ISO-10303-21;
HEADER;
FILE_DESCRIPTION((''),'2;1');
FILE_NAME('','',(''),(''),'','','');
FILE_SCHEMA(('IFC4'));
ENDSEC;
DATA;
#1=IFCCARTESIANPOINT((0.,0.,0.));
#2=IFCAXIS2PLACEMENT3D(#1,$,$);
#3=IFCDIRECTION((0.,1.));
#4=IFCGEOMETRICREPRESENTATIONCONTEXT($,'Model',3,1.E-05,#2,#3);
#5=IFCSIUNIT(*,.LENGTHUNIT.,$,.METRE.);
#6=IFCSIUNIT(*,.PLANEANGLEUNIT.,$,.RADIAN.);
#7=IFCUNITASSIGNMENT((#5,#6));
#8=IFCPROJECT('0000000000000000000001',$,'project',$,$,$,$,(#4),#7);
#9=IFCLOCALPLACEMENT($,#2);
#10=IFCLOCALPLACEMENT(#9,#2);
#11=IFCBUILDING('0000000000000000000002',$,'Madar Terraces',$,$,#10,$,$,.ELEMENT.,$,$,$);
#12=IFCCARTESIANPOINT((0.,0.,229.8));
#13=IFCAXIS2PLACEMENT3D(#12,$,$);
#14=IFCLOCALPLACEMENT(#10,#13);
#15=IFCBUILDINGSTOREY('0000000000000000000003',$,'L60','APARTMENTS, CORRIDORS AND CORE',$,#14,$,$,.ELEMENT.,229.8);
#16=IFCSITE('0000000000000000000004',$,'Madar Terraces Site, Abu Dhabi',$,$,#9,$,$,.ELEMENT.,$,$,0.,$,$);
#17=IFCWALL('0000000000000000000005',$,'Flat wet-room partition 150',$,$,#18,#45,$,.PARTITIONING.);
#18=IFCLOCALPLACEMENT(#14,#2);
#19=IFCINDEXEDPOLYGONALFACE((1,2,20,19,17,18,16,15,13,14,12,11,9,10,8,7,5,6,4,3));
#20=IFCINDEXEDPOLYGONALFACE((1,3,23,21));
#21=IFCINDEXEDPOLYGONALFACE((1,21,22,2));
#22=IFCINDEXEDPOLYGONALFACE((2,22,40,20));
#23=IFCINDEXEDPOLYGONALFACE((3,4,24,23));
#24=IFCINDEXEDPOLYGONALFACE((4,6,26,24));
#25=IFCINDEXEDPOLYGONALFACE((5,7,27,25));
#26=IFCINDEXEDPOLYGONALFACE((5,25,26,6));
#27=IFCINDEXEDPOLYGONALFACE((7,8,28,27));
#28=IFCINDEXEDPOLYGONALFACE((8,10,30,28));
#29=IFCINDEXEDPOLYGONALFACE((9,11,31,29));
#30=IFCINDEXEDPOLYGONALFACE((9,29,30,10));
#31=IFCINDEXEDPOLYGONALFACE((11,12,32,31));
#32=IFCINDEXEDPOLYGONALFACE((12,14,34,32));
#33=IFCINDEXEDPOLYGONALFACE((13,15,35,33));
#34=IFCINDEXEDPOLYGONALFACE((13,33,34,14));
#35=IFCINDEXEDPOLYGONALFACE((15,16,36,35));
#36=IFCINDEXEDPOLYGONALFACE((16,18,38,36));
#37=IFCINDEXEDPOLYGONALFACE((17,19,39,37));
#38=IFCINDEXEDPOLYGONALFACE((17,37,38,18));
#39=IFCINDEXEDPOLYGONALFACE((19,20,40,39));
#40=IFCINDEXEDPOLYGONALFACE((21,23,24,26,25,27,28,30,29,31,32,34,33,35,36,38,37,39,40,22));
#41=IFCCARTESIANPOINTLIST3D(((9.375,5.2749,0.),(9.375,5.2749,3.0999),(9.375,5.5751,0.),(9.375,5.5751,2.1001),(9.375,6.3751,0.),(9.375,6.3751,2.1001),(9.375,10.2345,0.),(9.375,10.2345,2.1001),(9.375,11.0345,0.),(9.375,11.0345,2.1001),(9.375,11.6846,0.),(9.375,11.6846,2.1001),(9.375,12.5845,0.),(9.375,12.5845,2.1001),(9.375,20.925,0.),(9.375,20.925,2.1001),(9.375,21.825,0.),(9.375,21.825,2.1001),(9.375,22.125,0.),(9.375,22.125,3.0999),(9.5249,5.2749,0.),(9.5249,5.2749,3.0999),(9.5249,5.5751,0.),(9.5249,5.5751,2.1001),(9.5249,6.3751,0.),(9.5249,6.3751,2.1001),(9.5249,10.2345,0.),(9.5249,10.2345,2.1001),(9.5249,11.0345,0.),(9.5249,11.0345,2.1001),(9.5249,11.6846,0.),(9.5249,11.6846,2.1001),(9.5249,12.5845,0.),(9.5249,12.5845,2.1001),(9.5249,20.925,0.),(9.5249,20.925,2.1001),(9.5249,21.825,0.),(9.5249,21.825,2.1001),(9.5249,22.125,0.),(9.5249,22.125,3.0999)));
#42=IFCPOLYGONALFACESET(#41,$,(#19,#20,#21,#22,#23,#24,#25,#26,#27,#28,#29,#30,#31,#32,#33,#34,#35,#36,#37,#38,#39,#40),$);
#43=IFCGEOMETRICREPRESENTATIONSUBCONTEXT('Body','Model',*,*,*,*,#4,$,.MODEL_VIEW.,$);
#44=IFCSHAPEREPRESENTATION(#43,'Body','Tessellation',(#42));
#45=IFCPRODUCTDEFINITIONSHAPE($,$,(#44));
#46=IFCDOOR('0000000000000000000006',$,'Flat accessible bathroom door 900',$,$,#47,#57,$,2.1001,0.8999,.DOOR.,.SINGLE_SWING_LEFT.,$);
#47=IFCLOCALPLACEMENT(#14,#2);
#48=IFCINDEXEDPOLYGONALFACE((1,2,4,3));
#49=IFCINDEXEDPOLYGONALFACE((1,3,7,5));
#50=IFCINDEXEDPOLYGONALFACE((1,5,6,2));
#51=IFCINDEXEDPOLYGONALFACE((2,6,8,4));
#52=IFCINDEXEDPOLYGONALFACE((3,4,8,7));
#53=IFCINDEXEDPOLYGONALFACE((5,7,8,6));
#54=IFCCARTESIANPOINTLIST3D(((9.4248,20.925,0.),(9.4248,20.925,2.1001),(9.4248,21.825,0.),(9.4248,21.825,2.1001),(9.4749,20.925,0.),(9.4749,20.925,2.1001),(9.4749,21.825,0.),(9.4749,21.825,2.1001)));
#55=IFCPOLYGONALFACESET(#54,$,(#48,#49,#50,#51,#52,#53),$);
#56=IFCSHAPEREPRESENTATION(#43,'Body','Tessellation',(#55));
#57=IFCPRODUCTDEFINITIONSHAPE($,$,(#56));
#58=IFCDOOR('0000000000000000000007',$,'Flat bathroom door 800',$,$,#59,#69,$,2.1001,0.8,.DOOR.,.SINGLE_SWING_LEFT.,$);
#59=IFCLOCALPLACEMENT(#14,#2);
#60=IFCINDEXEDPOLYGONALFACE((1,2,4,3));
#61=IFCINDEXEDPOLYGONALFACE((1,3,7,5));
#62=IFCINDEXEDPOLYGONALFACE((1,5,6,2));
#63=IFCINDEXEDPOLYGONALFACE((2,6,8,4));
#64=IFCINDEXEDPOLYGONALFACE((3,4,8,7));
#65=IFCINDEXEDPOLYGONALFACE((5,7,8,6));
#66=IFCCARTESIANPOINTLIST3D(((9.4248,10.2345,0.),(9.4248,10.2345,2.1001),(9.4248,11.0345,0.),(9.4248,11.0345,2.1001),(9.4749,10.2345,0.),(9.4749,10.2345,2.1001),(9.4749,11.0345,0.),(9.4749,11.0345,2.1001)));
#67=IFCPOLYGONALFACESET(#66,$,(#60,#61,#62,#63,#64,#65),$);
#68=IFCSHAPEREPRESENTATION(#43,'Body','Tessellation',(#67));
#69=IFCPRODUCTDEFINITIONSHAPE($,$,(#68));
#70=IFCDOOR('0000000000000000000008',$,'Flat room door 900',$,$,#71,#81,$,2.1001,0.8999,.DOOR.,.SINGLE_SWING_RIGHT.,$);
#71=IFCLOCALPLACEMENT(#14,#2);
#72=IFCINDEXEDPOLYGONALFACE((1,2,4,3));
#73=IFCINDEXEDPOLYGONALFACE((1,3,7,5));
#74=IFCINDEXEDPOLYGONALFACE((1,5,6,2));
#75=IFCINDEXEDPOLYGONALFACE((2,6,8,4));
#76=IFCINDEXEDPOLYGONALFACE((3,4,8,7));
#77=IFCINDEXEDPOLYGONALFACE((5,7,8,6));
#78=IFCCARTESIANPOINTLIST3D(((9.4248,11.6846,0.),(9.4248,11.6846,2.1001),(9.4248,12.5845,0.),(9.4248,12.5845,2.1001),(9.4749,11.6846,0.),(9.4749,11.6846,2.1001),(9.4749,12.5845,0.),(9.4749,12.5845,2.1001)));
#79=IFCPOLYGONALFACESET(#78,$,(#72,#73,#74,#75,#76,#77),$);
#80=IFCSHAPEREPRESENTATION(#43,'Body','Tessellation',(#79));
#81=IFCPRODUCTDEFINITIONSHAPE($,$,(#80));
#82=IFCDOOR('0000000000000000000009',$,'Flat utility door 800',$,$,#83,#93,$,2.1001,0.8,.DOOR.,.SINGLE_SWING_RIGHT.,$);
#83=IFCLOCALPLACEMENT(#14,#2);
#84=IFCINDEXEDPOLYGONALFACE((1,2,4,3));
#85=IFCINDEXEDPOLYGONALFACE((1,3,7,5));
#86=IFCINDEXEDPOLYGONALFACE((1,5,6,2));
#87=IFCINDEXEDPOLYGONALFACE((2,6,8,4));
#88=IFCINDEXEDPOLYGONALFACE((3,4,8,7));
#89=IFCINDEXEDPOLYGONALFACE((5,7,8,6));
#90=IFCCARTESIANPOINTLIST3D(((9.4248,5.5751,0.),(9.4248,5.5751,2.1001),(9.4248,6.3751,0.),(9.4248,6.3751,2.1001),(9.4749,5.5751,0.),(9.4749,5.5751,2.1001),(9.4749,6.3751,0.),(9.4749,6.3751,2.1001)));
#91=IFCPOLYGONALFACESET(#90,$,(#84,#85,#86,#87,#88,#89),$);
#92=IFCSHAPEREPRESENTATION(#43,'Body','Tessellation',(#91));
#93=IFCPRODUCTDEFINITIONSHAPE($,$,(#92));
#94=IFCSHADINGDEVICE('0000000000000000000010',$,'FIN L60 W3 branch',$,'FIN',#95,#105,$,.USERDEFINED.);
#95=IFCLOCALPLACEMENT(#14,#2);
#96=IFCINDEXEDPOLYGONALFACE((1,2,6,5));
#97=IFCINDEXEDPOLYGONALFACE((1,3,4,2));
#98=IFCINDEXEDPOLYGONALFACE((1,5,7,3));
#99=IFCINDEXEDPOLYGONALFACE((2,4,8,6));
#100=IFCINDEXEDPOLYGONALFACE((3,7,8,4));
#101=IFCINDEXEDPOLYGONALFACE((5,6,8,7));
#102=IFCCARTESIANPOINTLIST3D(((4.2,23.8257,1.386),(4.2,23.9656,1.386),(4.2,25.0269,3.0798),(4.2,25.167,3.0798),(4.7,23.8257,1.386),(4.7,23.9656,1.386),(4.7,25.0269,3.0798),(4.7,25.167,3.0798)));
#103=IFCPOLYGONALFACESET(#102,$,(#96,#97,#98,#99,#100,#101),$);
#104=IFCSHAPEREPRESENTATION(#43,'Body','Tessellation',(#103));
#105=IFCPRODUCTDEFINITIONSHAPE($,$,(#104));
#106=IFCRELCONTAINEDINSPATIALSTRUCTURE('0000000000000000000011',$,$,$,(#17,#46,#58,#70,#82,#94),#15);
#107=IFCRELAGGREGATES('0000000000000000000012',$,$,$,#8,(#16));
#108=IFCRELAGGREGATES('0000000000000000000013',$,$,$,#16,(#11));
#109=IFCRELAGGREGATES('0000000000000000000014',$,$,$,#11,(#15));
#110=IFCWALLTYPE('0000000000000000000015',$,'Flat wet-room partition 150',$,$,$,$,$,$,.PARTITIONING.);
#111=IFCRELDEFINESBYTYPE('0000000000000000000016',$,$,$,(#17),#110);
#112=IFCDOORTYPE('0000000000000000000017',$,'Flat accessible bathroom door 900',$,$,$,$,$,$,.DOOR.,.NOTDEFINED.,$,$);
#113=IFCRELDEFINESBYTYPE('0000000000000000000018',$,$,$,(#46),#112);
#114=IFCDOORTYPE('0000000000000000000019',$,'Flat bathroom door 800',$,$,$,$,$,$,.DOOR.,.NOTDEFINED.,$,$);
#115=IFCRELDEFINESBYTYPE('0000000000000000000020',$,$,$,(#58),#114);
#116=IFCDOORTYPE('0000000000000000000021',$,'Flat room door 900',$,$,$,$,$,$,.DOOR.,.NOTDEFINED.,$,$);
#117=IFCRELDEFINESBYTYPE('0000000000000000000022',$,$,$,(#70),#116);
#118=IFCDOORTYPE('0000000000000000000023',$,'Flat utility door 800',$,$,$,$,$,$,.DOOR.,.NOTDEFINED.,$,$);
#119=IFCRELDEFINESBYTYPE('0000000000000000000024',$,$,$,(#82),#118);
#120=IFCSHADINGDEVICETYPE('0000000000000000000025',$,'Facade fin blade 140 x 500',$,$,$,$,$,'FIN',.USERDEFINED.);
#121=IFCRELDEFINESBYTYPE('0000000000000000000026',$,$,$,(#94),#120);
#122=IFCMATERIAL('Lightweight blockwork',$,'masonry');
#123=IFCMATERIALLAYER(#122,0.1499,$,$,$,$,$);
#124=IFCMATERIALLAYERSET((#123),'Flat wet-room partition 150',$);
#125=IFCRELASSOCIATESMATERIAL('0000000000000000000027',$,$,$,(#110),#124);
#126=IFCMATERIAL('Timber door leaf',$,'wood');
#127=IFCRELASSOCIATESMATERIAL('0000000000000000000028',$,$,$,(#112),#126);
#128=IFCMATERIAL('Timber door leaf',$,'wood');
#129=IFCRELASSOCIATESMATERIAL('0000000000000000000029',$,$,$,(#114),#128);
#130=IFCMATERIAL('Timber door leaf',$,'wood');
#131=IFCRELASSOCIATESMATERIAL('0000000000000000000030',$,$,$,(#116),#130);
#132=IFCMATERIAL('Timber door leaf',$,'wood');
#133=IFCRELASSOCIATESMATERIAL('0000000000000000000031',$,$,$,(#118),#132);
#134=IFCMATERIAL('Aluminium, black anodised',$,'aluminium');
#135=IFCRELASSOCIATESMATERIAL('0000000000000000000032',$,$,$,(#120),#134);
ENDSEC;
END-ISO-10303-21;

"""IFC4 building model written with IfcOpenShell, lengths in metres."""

from ifc_helpers import new_model, si_unit, direction, frame, frame_2d, origin, place, context, subcontext, project, spatial, polyline, rectangle, outline, extrude, material, layer, layer_set, type_object, element, fill, save


model = new_model("IFC4")

# Units and contexts
model_context = context("Model", 3, precision=1e-05, world=origin(), true_north=direction((0.0, 1.0)))
body_context = subcontext(model_context, "Body", "Model", "MODEL_VIEW")
ifc_project = project(units=[si_unit("LENGTHUNIT", "METRE"), si_unit("PLANEANGLEUNIT", "RADIAN")], contexts=[model_context])

# Site, building, storey
site_placement = place(None, origin())
site = spatial("IfcSite", under=ifc_project, at=site_placement, Name="Madar Terraces Site, Abu Dhabi", CompositionType="ELEMENT", RefElevation=0.0)
building_placement = place(site_placement, origin())
building = spatial("IfcBuilding", under=site, at=building_placement, Name="Madar Terraces", CompositionType="ELEMENT")
storey_placement = place(building_placement, frame((0.0, 0.0, 229.8)))
storey = spatial("IfcBuildingStorey", under=building, at=storey_placement, Name="L60", Description="APARTMENTS, CORRIDORS AND CORE", CompositionType="ELEMENT", Elevation=229.8)

# Shared definitions
ifc_material_1 = material(Name="Lightweight blockwork", Category="masonry")
ifc_layer_1 = layer(ifc_material_1, 0.1499)
ifc_layer_set_1 = layer_set([ifc_layer_1], Name="Flat wet-room partition 150")
wall_type_1 = type_object("IfcWallType", Name="Flat wet-room partition 150", PredefinedType="PARTITIONING", material=ifc_layer_set_1)

# Wall, openings, doors
wall_1_placement = place(storey_placement, frame((9.45, 22.125, 0.0), z_axis=(0.0, 0.0, 1.0), x_axis=(0.0, -1.0, 0.0)))
wall_1 = element("IfcWall", 1, at=wall_1_placement, inside=storey, type_object=wall_type_1, Name="Flat wet-room partition 150", PredefinedType="PARTITIONING", context=body_context, shape_type="SweptSolid", body=[
    extrude(rectangle(XDim=16.8501, YDim=0.1499, at=frame_2d((8.425, 0.0))), origin(), (0.0, 0.0, 1.0), 3.0999),
])
opening_1_placement = place(wall_1_placement, frame((0.3, 0.0, 0.0)))
opening_1 = element("IfcOpeningElement", 2, at=opening_1_placement, cuts=wall_1, PredefinedType="OPENING", context=body_context, shape_type="SweptSolid", body=[
    extrude(rectangle(XDim=0.8999, YDim=2.1001, at=frame_2d((0.45, 1.05))), frame((0.0, 0.085, 0.0), z_axis=(0.0, -1.0, 0.0), x_axis=(1.0, 0.0, 0.0)), (0.0, 0.0, 1.0), 0.1699),
])
opening_2_placement = place(wall_1_placement, frame((9.5405, 0.0, 0.0)))
opening_2 = element("IfcOpeningElement", 3, at=opening_2_placement, cuts=wall_1, PredefinedType="OPENING", context=body_context, shape_type="SweptSolid", body=[
    extrude(rectangle(XDim=0.8999, YDim=2.1001, at=frame_2d((0.45, 1.05))), frame((0.0, 0.085, 0.0), z_axis=(0.0, -1.0, 0.0), x_axis=(1.0, 0.0, 0.0)), (0.0, 0.0, 1.0), 0.1699),
])
opening_3_placement = place(wall_1_placement, frame((11.0906, 0.0, 0.0)))
opening_3 = element("IfcOpeningElement", 4, at=opening_3_placement, cuts=wall_1, PredefinedType="OPENING", context=body_context, shape_type="SweptSolid", body=[
    extrude(rectangle(XDim=0.8, YDim=2.1001, at=frame_2d((0.3999, 1.05))), frame((0.0, 0.085, 0.0), z_axis=(0.0, -1.0, 0.0), x_axis=(1.0, 0.0, 0.0)), (0.0, 0.0, 1.0), 0.1699),
])
opening_4_placement = place(wall_1_placement, frame((15.75, 0.0, 0.0)))
opening_4 = element("IfcOpeningElement", 5, at=opening_4_placement, cuts=wall_1, PredefinedType="OPENING", context=body_context, shape_type="SweptSolid", body=[
    extrude(rectangle(XDim=0.8, YDim=2.1001, at=frame_2d((0.3999, 1.05))), frame((0.0, 0.085, 0.0), z_axis=(0.0, -1.0, 0.0), x_axis=(1.0, 0.0, 0.0)), (0.0, 0.0, 1.0), 0.1699),
])
ifc_material_2 = material(Name="Timber door leaf", Category="wood")
door_type_1 = type_object("IfcDoorType", Name="Flat accessible bathroom door 900", OperationType="NOTDEFINED", PredefinedType="DOOR", material=ifc_material_2)
door_1_placement = place(opening_1_placement, origin())
door_1 = element("IfcDoor", 6, at=door_1_placement, inside=storey, type_object=door_type_1, Name="Flat accessible bathroom door 900", OperationType="SINGLE_SWING_LEFT", OverallHeight=2.1001, OverallWidth=0.8999, PredefinedType="DOOR", context=body_context, shape_type="SweptSolid", body=[
    extrude(rectangle(XDim=0.8999, YDim=2.1001, at=frame_2d((0.45, 1.05))), frame((0.0, 0.0249, 0.0), z_axis=(0.0, -1.0, 0.0), x_axis=(1.0, 0.0, 0.0)), (0.0, 0.0, 1.0), 0.05),
])
fill(opening_1, door_1)
ifc_material_3 = material(Name="Timber door leaf", Category="wood")
door_type_2 = type_object("IfcDoorType", Name="Flat bathroom door 800", OperationType="NOTDEFINED", PredefinedType="DOOR", material=ifc_material_3)
door_2_placement = place(opening_3_placement, origin())
door_2 = element("IfcDoor", 7, at=door_2_placement, inside=storey, type_object=door_type_2, Name="Flat bathroom door 800", OperationType="SINGLE_SWING_LEFT", OverallHeight=2.1001, OverallWidth=0.8, PredefinedType="DOOR", context=body_context, shape_type="SweptSolid", body=[
    extrude(rectangle(XDim=0.8, YDim=2.1001, at=frame_2d((0.3999, 1.05))), frame((0.0, 0.0249, 0.0), z_axis=(0.0, -1.0, 0.0), x_axis=(1.0, 0.0, 0.0)), (0.0, 0.0, 1.0), 0.05),
])
fill(opening_3, door_2)
ifc_material_4 = material(Name="Timber door leaf", Category="wood")
door_type_3 = type_object("IfcDoorType", Name="Flat room door 900", OperationType="NOTDEFINED", PredefinedType="DOOR", material=ifc_material_4)
door_3_placement = place(opening_2_placement, origin())
door_3 = element("IfcDoor", 8, at=door_3_placement, inside=storey, type_object=door_type_3, Name="Flat room door 900", OperationType="SINGLE_SWING_RIGHT", OverallHeight=2.1001, OverallWidth=0.8999, PredefinedType="DOOR", context=body_context, shape_type="SweptSolid", body=[
    extrude(rectangle(XDim=0.8999, YDim=2.1001, at=frame_2d((0.45, 1.05))), frame((0.0, 0.0249, 0.0), z_axis=(0.0, -1.0, 0.0), x_axis=(1.0, 0.0, 0.0)), (0.0, 0.0, 1.0), 0.05),
])
fill(opening_2, door_3)
ifc_material_5 = material(Name="Timber door leaf", Category="wood")
door_type_4 = type_object("IfcDoorType", Name="Flat utility door 800", OperationType="NOTDEFINED", PredefinedType="DOOR", material=ifc_material_5)
door_4_placement = place(opening_4_placement, origin())
door_4 = element("IfcDoor", 9, at=door_4_placement, inside=storey, type_object=door_type_4, Name="Flat utility door 800", OperationType="SINGLE_SWING_RIGHT", OverallHeight=2.1001, OverallWidth=0.8, PredefinedType="DOOR", context=body_context, shape_type="SweptSolid", body=[
    extrude(rectangle(XDim=0.8, YDim=2.1001, at=frame_2d((0.3999, 1.05))), frame((0.0, 0.0249, 0.0), z_axis=(0.0, -1.0, 0.0), x_axis=(1.0, 0.0, 0.0)), (0.0, 0.0, 1.0), 0.05),
])
fill(opening_4, door_4)

# Shading device
ifc_material_6 = material(Name="Aluminium, black anodised", Category="aluminium")
shading_device_type = type_object("IfcShadingDeviceType", Name="Facade fin blade 140 x 500", ElementType="FIN", PredefinedType="USERDEFINED", material=ifc_material_6)
shading_device_placement = place(storey_placement, frame((4.45, 23.9656, 1.386), z_axis=(0.0, 0.0, 1.0), x_axis=(0.0, -1.0, 0.0)))
element("IfcShadingDevice", 10, at=shading_device_placement, inside=storey, type_object=shading_device_type, Name="FIN L60 W3 branch", ObjectType="FIN", PredefinedType="USERDEFINED", context=body_context, shape_type="SweptSolid", body=[
    extrude(outline(polyline([(0.0, 0.0), (0.1399, 0.0), (-1.0613, 1.6938), (-1.2014, 1.6938), (0.0, 0.0)])), frame((0.0, 0.25, 0.0), z_axis=(0.0, -1.0, 0.0), x_axis=(1.0, 0.0, 0.0)), (0.0, 0.0, 1.0), 0.5),
])

save(model, "model.ifc")
